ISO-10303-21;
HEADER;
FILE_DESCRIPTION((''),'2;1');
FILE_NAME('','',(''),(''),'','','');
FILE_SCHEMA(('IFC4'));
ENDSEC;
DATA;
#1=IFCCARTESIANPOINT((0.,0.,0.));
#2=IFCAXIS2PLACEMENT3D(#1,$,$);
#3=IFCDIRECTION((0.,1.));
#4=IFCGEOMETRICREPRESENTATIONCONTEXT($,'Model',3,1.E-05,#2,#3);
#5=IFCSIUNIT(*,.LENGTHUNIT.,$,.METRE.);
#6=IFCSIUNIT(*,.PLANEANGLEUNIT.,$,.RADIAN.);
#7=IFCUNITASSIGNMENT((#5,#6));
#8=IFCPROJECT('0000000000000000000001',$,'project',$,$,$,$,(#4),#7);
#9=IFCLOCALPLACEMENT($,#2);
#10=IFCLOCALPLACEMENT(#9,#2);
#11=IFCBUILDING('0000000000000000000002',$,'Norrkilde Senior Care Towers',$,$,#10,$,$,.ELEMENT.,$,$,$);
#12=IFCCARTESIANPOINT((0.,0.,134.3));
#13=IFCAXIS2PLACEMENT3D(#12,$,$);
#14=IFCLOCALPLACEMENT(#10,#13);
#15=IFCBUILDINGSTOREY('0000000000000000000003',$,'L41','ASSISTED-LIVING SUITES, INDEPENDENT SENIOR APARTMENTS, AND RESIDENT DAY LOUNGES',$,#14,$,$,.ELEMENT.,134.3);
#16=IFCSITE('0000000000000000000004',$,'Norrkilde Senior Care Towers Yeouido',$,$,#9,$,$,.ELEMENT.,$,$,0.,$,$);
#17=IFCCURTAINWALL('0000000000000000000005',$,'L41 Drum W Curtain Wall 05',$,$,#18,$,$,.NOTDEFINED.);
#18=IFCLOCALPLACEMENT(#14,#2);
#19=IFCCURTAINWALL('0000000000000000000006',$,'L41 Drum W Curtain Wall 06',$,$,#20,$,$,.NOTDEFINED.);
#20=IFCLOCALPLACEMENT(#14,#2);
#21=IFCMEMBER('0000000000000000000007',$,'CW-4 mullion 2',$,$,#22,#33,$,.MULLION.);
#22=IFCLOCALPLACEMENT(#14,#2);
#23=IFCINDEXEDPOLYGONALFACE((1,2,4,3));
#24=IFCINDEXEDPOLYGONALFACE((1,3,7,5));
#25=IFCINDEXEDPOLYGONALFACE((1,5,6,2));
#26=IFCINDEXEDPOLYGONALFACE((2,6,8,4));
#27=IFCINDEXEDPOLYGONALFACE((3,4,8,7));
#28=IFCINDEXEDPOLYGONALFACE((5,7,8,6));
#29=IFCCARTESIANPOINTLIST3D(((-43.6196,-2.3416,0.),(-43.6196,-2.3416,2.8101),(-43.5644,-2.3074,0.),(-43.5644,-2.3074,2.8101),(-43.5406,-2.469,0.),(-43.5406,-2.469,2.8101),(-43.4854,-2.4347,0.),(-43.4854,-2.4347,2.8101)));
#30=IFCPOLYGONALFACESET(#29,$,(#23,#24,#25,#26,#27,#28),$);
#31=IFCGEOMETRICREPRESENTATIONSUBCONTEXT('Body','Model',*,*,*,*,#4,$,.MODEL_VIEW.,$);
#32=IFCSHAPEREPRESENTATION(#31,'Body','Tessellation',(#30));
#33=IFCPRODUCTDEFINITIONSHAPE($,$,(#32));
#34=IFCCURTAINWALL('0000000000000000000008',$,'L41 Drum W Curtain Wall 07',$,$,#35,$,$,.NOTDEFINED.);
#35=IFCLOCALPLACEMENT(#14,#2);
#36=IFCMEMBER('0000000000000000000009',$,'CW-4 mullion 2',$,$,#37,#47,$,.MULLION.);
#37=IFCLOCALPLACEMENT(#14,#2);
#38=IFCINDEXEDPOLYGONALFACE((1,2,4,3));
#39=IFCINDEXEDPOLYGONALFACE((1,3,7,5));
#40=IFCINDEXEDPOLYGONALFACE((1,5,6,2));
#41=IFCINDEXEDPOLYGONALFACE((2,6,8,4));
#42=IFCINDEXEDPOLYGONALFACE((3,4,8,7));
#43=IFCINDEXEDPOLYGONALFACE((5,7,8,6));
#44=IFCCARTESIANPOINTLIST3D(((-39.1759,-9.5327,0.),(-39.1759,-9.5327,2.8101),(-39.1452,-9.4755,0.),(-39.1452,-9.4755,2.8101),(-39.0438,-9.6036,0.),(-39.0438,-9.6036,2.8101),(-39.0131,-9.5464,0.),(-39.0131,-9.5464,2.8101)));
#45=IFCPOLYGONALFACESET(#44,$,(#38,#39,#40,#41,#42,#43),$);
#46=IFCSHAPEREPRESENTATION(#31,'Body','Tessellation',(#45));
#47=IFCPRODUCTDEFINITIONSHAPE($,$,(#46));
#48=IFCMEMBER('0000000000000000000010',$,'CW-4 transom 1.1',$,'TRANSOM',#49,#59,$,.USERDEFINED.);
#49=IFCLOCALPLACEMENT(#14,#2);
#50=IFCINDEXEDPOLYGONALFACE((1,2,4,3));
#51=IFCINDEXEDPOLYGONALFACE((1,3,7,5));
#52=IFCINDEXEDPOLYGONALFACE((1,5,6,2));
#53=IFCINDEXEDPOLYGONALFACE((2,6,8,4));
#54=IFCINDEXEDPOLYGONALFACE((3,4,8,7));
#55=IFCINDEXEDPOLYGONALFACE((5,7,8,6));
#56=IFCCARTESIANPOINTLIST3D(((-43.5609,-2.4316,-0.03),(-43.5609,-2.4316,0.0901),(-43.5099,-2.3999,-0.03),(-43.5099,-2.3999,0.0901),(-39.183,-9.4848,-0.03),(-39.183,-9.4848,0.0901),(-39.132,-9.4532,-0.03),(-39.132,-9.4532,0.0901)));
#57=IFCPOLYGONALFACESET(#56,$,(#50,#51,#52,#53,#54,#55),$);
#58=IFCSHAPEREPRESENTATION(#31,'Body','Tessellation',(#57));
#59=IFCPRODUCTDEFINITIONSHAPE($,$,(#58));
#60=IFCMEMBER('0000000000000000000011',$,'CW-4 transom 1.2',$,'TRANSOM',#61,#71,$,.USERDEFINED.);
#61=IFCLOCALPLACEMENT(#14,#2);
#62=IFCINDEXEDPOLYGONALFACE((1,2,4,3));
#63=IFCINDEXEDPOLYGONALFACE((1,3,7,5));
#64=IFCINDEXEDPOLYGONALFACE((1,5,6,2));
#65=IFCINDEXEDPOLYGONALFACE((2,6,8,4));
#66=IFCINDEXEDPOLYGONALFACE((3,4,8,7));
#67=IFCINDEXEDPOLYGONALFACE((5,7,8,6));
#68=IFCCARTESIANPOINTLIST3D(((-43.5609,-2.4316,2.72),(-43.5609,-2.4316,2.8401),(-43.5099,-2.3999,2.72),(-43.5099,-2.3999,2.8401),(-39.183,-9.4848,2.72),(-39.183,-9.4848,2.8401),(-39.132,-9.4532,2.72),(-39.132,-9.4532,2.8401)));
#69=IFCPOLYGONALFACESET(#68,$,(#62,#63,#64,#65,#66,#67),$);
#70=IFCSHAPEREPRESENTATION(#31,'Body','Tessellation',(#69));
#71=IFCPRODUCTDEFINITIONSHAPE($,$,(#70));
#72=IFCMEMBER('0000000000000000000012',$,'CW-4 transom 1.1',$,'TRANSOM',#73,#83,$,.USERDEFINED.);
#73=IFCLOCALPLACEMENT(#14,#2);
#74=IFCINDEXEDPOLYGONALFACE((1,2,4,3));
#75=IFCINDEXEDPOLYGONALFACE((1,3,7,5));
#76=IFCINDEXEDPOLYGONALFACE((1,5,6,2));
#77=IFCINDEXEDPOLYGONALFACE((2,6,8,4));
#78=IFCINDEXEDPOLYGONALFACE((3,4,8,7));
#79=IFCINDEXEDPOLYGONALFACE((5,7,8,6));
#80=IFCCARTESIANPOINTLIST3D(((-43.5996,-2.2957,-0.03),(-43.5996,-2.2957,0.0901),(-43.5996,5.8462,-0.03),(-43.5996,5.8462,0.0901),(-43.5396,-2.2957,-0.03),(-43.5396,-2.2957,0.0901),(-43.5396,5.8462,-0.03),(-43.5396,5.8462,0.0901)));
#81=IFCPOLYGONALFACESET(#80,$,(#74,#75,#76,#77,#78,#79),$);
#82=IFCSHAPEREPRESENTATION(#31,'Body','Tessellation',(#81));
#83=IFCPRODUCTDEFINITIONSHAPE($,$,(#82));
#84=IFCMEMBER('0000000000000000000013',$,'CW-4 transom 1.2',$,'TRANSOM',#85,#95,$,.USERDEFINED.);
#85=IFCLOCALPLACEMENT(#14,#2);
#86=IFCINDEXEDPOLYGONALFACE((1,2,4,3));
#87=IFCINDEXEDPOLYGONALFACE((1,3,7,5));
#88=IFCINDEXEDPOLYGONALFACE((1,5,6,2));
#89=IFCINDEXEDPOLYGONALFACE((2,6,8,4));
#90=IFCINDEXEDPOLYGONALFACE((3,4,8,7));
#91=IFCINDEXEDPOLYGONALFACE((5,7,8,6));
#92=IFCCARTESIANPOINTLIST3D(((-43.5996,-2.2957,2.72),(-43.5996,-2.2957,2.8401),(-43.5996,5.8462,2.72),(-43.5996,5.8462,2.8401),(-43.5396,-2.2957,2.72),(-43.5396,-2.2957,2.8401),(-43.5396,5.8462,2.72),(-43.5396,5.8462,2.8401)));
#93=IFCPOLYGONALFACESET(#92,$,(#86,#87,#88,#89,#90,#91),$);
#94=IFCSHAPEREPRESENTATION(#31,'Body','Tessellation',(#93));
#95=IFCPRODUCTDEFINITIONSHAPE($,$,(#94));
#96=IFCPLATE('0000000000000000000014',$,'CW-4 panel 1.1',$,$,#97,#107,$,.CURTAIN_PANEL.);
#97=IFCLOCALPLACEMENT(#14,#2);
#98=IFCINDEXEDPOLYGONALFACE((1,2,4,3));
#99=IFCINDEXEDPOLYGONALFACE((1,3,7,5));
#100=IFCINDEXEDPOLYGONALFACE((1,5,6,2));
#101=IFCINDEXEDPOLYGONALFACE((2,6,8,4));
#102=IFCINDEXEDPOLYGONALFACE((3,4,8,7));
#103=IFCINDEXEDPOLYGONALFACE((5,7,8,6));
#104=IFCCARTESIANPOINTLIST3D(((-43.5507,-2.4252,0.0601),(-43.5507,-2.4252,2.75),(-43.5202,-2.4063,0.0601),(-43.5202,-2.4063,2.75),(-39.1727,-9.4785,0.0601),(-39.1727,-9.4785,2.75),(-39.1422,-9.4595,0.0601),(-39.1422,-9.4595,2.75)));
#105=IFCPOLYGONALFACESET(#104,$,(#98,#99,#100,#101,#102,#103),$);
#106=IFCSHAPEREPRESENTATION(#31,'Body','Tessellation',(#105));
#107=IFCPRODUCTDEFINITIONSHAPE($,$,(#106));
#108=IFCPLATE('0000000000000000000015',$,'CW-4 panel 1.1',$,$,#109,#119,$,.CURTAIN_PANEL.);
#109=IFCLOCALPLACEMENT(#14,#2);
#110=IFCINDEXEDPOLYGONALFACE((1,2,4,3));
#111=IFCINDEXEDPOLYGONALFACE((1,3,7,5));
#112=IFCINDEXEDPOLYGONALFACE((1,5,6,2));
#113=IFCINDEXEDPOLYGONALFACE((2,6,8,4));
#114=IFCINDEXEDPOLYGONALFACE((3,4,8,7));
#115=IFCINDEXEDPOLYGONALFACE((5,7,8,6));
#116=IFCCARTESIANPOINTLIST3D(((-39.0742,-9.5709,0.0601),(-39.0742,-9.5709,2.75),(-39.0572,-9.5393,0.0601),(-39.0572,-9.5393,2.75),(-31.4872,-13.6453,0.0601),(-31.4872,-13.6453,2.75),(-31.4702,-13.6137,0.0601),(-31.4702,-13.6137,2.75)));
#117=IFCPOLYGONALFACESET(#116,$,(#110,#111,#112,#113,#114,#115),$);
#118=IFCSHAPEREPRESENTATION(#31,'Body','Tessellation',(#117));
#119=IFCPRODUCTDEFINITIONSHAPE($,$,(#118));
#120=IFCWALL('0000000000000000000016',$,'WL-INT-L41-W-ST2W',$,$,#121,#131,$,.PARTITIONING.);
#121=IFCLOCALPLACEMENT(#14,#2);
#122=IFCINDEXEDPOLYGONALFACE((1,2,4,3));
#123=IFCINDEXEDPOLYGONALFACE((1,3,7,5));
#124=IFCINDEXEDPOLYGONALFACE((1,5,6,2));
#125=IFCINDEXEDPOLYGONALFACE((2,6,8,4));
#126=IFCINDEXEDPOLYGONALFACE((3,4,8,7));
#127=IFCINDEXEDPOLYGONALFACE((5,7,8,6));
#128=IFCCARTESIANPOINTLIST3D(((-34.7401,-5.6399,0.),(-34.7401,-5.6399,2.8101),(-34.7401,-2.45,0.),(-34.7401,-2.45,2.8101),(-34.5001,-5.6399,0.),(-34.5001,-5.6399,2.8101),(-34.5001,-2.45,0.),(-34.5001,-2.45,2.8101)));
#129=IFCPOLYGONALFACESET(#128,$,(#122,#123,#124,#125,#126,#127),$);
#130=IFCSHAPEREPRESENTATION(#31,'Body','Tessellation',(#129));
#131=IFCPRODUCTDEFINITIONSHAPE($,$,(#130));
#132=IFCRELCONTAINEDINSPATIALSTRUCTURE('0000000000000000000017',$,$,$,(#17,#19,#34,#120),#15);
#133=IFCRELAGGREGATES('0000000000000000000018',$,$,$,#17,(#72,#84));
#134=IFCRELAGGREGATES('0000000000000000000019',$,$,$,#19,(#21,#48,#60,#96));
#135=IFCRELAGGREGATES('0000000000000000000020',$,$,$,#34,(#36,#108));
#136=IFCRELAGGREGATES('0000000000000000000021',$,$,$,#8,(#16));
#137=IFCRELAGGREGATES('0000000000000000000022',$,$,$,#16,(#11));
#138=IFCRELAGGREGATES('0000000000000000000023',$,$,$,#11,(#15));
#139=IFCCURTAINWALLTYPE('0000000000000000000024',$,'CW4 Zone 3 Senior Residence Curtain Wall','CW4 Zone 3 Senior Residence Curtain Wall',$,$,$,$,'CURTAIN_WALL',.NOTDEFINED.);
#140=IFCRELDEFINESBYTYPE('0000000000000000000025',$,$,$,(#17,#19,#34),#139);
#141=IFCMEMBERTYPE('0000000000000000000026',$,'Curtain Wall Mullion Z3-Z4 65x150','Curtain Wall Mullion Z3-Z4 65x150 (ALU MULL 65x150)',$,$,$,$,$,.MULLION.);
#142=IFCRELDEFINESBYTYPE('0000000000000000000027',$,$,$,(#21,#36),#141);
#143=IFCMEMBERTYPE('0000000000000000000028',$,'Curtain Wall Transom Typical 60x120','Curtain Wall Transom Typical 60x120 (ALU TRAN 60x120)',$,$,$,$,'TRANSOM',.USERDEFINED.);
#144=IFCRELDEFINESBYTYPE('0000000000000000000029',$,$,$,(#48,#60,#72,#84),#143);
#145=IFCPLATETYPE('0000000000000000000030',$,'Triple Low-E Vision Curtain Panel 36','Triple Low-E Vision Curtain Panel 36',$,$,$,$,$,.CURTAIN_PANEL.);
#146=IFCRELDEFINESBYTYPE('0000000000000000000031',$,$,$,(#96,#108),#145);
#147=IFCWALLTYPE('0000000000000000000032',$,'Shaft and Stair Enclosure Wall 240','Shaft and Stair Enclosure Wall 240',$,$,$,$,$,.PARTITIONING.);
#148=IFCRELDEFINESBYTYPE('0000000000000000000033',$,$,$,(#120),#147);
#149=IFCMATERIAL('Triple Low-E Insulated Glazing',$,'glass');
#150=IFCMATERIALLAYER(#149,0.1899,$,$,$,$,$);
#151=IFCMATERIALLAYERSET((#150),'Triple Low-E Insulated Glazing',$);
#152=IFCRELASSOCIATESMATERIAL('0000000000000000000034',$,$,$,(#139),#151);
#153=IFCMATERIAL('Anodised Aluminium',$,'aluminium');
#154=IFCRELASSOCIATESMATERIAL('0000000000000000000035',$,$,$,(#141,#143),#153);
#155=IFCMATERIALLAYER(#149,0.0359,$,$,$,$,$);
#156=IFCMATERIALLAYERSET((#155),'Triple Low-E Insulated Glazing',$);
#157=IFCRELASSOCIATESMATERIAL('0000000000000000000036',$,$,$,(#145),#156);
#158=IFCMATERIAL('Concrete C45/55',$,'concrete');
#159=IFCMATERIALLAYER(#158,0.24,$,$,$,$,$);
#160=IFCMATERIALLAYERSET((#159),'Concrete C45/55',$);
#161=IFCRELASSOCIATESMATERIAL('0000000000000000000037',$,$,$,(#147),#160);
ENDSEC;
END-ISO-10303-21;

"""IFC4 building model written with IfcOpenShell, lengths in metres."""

from ifc_helpers import new_model, si_unit, direction, frame, frame_2d, origin, origin_2d, place, context, subcontext, project, spatial, rectangle, extrude, source, transform, mapped, material, layer, layer_set, material_profile, profile_set, type_object, type_shapes, element, aggregate, save


model = new_model("IFC4")

# Units and contexts
model_context = context("Model", 3, precision=1e-05, world=origin(), true_north=direction((0.0, 1.0)))
body_context = subcontext(model_context, "Body", "Model", "MODEL_VIEW")
ifc_project = project(units=[si_unit("LENGTHUNIT", "METRE"), si_unit("PLANEANGLEUNIT", "RADIAN")], contexts=[model_context])

# Site, building, storey
site_placement = place(None, origin())
site = spatial("IfcSite", under=ifc_project, at=site_placement, Name="Norrkilde Senior Care Towers Yeouido", CompositionType="ELEMENT", RefElevation=0.0)
building_placement = place(site_placement, origin())
building = spatial("IfcBuilding", under=site, at=building_placement, Name="Norrkilde Senior Care Towers", CompositionType="ELEMENT")
storey_placement = place(building_placement, frame((0.0, 0.0, 134.3)))
storey = spatial("IfcBuildingStorey", under=building, at=storey_placement, Name="L41", Description="ASSISTED-LIVING SUITES, INDEPENDENT SENIOR APARTMENTS, AND RESIDENT DAY LOUNGES", CompositionType="ELEMENT", Elevation=134.3)

# Curtain wall
ifc_material_1 = material(Name="Triple Low-E Insulated Glazing", Category="glass")
ifc_layer_1 = layer(ifc_material_1, 0.1899)
ifc_layer_set_1 = layer_set([ifc_layer_1], Name="Triple Low-E Insulated Glazing")
curtain_wall_type = type_object("IfcCurtainWallType", Name="CW4 Zone 3 Senior Residence Curtain Wall", Description="CW4 Zone 3 Senior Residence Curtain Wall", ElementType="CURTAIN_WALL", PredefinedType="NOTDEFINED", material=ifc_layer_set_1)
curtain_wall_1_placement = place(storey_placement, origin())
curtain_wall_1 = element("IfcCurtainWall", 1, at=curtain_wall_1_placement, inside=storey, type_object=curtain_wall_type, Name="L41 Drum W Curtain Wall 05", PredefinedType="NOTDEFINED")
ifc_material_2 = material(Name="Anodised Aluminium", Category="aluminium")
ifc_material_profile_1 = material_profile(ifc_material_2, rectangle(XDim=0.0649, YDim=0.1499, at=origin_2d()), Name="ALU MULL 65x150")
ifc_profile_set_1 = profile_set([ifc_material_profile_1], Name="Anodised Aluminium")
member_type_1 = type_object("IfcMemberType", Name="Curtain Wall Mullion Z3-Z4 65x150", Description="Curtain Wall Mullion Z3-Z4 65x150 (ALU MULL 65x150)", PredefinedType="MULLION", material=ifc_profile_set_1)
shared_shape_1 = source(origin(), body_context, "Body", "SweptSolid", [
    extrude(rectangle(XDim=0.0649, YDim=0.1499, at=origin_2d()), origin(), (0.0, 0.0, 1.0), 2.8101),
])
type_shapes(member_type_1, [shared_shape_1])

# Curtain wall, member
curtain_wall_2_placement = place(storey_placement, origin())
curtain_wall_2 = element("IfcCurtainWall", 2, at=curtain_wall_2_placement, inside=storey, type_object=curtain_wall_type, Name="L41 Drum W Curtain Wall 06", PredefinedType="NOTDEFINED")
member_1_placement = place(storey_placement, frame((-43.5525, -2.3882, 0.0), z_axis=(0.0, 0.0, 1.0), x_axis=(-0.849634, -0.527373, 0.0)))
member_1 = element("IfcMember", 3, at=member_1_placement, type_object=member_type_1, Name="CW-4 mullion 2", PredefinedType="MULLION", context=body_context, shape_type="MappedRepresentation", body=[
    mapped(shared_shape_1, transform((0.0, 0.0, 0.0), x_axis=(1.0, 0.0, 0.0), y_axis=(0.0, 1.0, 0.0), z_axis=(0.0, 0.0, 1.0), scale=1.0)),
])

# Curtain wall, member
curtain_wall_3_placement = place(storey_placement, origin())
curtain_wall_3 = element("IfcCurtainWall", 4, at=curtain_wall_3_placement, inside=storey, type_object=curtain_wall_type, Name="L41 Drum W Curtain Wall 07", PredefinedType="NOTDEFINED")
member_2_placement = place(storey_placement, frame((-39.0945, -9.5396, 0.0), z_axis=(0.0, 0.0, 1.0), x_axis=(-0.473117, -0.881, 0.0)))
member_2 = element("IfcMember", 5, at=member_2_placement, type_object=member_type_1, Name="CW-4 mullion 2", PredefinedType="MULLION", context=body_context, shape_type="MappedRepresentation", body=[
    mapped(shared_shape_1, transform((0.0, 0.0, 0.0), x_axis=(1.0, 0.0, 0.0), y_axis=(0.0, 1.0, 0.0), z_axis=(0.0, 0.0, 1.0), scale=1.0)),
])

# Members
ifc_material_profile_2 = material_profile(ifc_material_2, rectangle(XDim=0.0601, YDim=0.1201, at=origin_2d()), Name="ALU TRAN 60x120")
ifc_profile_set_2 = profile_set([ifc_material_profile_2], Name="Anodised Aluminium")
member_type_2 = type_object("IfcMemberType", Name="Curtain Wall Transom Typical 60x120", Description="Curtain Wall Transom Typical 60x120 (ALU TRAN 60x120)", ElementType="TRANSOM", PredefinedType="USERDEFINED", material=ifc_profile_set_2)
shared_shape_2 = source(origin(), body_context, "Body", "SweptSolid", [
    extrude(rectangle(XDim=0.0601, YDim=0.1201, at=origin_2d()), origin(), (0.0, 0.0, 1.0), 8.3015),
])
member_3_placement = place(storey_placement, frame((-39.1575, -9.469, 0.03), z_axis=(-0.527369, 0.849637, 0.0), x_axis=(-0.849637, -0.527369, 0.0)))
member_3 = element("IfcMember", 6, at=member_3_placement, type_object=member_type_2, Name="CW-4 transom 1.1", ObjectType="TRANSOM", PredefinedType="USERDEFINED", context=body_context, shape_type="MappedRepresentation", body=[
    mapped(shared_shape_2, transform((0.0, 0.0, 0.0), x_axis=(1.0, 0.0, 0.0), y_axis=(0.0, 1.0, 0.0), z_axis=(0.0, 0.0, 1.0), scale=1.0)),
])
member_4_placement = place(storey_placement, frame((-39.1575, -9.469, 2.78), z_axis=(-0.527369, 0.849637, 0.0), x_axis=(-0.849637, -0.527369, 0.0)))
member_4 = element("IfcMember", 7, at=member_4_placement, type_object=member_type_2, Name="CW-4 transom 1.2", ObjectType="TRANSOM", PredefinedType="USERDEFINED", context=body_context, shape_type="MappedRepresentation", body=[
    mapped(shared_shape_2, transform((0.0, 0.0, 0.0), x_axis=(1.0, 0.0, 0.0), y_axis=(0.0, 1.0, 0.0), z_axis=(0.0, 0.0, 1.0), scale=1.0)),
])
shared_shape_3 = source(origin(), body_context, "Body", "SweptSolid", [
    extrude(rectangle(XDim=0.0601, YDim=0.1201, at=origin_2d()), origin(), (0.0, 0.0, 1.0), 8.1418),
])
type_shapes(member_type_2, [shared_shape_2, shared_shape_3])
member_5_placement = place(storey_placement, frame((-43.5696, -2.2957, 0.03), z_axis=(0.0, 1.0, 0.0), x_axis=(-1.0, 0.0, 0.0)))
member_5 = element("IfcMember", 8, at=member_5_placement, type_object=member_type_2, Name="CW-4 transom 1.1", ObjectType="TRANSOM", PredefinedType="USERDEFINED", context=body_context, shape_type="MappedRepresentation", body=[
    mapped(shared_shape_3, transform((0.0, 0.0, 0.0), x_axis=(1.0, 0.0, 0.0), y_axis=(0.0, 1.0, 0.0), z_axis=(0.0, 0.0, 1.0), scale=1.0)),
])
member_6_placement = place(storey_placement, frame((-43.5696, -2.2957, 2.78), z_axis=(0.0, 1.0, 0.0), x_axis=(-1.0, 0.0, 0.0)))
member_6 = element("IfcMember", 9, at=member_6_placement, type_object=member_type_2, Name="CW-4 transom 1.2", ObjectType="TRANSOM", PredefinedType="USERDEFINED", context=body_context, shape_type="MappedRepresentation", body=[
    mapped(shared_shape_3, transform((0.0, 0.0, 0.0), x_axis=(1.0, 0.0, 0.0), y_axis=(0.0, 1.0, 0.0), z_axis=(0.0, 0.0, 1.0), scale=1.0)),
])
aggregate(curtain_wall_1, [member_5, member_6])

# Plates
ifc_layer_2 = layer(ifc_material_1, 0.0359)
ifc_layer_set_2 = layer_set([ifc_layer_2], Name="Triple Low-E Insulated Glazing")
plate_type = type_object("IfcPlateType", Name="Triple Low-E Vision Curtain Panel 36", Description="Triple Low-E Vision Curtain Panel 36", PredefinedType="CURTAIN_PANEL", material=ifc_layer_set_2)
shared_shape_4 = source(origin(), body_context, "Body", "SweptSolid", [
    extrude(rectangle(XDim=8.3015, YDim=0.0359, at=origin_2d()), origin(), (0.0, 0.0, 1.0), 2.6899),
])
plate_1_placement = place(storey_placement, frame((-41.3464, -5.9424, 0.0601), z_axis=(0.0, 0.0, 1.0), x_axis=(-0.527373, 0.849634, 0.0)))
plate_1 = element("IfcPlate", 10, at=plate_1_placement, type_object=plate_type, Name="CW-4 panel 1.1", PredefinedType="CURTAIN_PANEL", context=body_context, shape_type="MappedRepresentation", body=[
    mapped(shared_shape_4, transform((0.0, 0.0, 0.0), x_axis=(1.0, 0.0, 0.0), y_axis=(0.0, 1.0, 0.0), z_axis=(0.0, 0.0, 1.0), scale=1.0)),
])
aggregate(curtain_wall_2, [member_1, member_3, member_4, plate_1])
shared_shape_5 = source(origin(), body_context, "Body", "SweptSolid", [
    extrude(rectangle(XDim=8.6118, YDim=0.0359, at=origin_2d()), origin(), (0.0, 0.0, 1.0), 2.6899),
])
type_shapes(plate_type, [shared_shape_4, shared_shape_5])
plate_2_placement = place(storey_placement, frame((-35.2722, -11.5923, 0.0601), z_axis=(0.0, 0.0, 1.0), x_axis=(-0.881, 0.473117, 0.0)))
plate_2 = element("IfcPlate", 11, at=plate_2_placement, type_object=plate_type, Name="CW-4 panel 1.1", PredefinedType="CURTAIN_PANEL", context=body_context, shape_type="MappedRepresentation", body=[
    mapped(shared_shape_5, transform((0.0, 0.0, 0.0), x_axis=(1.0, 0.0, 0.0), y_axis=(0.0, 1.0, 0.0), z_axis=(0.0, 0.0, 1.0), scale=1.0)),
])
aggregate(curtain_wall_3, [member_2, plate_2])

# Shared definitions
ifc_material_3 = material(Name="Concrete C45/55", Category="concrete")
ifc_layer_3 = layer(ifc_material_3, 0.24)
ifc_layer_set_3 = layer_set([ifc_layer_3], Name="Concrete C45/55")
wall_type_1 = type_object("IfcWallType", Name="Shaft and Stair Enclosure Wall 240", Description="Shaft and Stair Enclosure Wall 240", PredefinedType="PARTITIONING", material=ifc_layer_set_3)

# Wall
shared_shape_6 = source(origin(), body_context, "Body", "SweptSolid", [
    extrude(rectangle(XDim=3.1899, YDim=0.24, at=frame_2d((1.595, 0.0))), origin(), (0.0, 0.0, 1.0), 2.8101),
])
wall_1_placement = place(storey_placement, frame((-34.6201, -5.6399, 0.0), z_axis=(0.0, 0.0, 1.0), x_axis=(0.0, 1.0, 0.0)))
element("IfcWall", 12, at=wall_1_placement, inside=storey, type_object=wall_type_1, Name="WL-INT-L41-W-ST2W", PredefinedType="PARTITIONING", context=body_context, shape_type="MappedRepresentation", body=[
    mapped(shared_shape_6, transform((0.0, 0.0, 0.0), x_axis=(1.0, 0.0, 0.0), y_axis=(0.0, 1.0, 0.0), z_axis=(0.0, 0.0, 1.0), scale=1.0)),
])

save(model, "model.ifc")
